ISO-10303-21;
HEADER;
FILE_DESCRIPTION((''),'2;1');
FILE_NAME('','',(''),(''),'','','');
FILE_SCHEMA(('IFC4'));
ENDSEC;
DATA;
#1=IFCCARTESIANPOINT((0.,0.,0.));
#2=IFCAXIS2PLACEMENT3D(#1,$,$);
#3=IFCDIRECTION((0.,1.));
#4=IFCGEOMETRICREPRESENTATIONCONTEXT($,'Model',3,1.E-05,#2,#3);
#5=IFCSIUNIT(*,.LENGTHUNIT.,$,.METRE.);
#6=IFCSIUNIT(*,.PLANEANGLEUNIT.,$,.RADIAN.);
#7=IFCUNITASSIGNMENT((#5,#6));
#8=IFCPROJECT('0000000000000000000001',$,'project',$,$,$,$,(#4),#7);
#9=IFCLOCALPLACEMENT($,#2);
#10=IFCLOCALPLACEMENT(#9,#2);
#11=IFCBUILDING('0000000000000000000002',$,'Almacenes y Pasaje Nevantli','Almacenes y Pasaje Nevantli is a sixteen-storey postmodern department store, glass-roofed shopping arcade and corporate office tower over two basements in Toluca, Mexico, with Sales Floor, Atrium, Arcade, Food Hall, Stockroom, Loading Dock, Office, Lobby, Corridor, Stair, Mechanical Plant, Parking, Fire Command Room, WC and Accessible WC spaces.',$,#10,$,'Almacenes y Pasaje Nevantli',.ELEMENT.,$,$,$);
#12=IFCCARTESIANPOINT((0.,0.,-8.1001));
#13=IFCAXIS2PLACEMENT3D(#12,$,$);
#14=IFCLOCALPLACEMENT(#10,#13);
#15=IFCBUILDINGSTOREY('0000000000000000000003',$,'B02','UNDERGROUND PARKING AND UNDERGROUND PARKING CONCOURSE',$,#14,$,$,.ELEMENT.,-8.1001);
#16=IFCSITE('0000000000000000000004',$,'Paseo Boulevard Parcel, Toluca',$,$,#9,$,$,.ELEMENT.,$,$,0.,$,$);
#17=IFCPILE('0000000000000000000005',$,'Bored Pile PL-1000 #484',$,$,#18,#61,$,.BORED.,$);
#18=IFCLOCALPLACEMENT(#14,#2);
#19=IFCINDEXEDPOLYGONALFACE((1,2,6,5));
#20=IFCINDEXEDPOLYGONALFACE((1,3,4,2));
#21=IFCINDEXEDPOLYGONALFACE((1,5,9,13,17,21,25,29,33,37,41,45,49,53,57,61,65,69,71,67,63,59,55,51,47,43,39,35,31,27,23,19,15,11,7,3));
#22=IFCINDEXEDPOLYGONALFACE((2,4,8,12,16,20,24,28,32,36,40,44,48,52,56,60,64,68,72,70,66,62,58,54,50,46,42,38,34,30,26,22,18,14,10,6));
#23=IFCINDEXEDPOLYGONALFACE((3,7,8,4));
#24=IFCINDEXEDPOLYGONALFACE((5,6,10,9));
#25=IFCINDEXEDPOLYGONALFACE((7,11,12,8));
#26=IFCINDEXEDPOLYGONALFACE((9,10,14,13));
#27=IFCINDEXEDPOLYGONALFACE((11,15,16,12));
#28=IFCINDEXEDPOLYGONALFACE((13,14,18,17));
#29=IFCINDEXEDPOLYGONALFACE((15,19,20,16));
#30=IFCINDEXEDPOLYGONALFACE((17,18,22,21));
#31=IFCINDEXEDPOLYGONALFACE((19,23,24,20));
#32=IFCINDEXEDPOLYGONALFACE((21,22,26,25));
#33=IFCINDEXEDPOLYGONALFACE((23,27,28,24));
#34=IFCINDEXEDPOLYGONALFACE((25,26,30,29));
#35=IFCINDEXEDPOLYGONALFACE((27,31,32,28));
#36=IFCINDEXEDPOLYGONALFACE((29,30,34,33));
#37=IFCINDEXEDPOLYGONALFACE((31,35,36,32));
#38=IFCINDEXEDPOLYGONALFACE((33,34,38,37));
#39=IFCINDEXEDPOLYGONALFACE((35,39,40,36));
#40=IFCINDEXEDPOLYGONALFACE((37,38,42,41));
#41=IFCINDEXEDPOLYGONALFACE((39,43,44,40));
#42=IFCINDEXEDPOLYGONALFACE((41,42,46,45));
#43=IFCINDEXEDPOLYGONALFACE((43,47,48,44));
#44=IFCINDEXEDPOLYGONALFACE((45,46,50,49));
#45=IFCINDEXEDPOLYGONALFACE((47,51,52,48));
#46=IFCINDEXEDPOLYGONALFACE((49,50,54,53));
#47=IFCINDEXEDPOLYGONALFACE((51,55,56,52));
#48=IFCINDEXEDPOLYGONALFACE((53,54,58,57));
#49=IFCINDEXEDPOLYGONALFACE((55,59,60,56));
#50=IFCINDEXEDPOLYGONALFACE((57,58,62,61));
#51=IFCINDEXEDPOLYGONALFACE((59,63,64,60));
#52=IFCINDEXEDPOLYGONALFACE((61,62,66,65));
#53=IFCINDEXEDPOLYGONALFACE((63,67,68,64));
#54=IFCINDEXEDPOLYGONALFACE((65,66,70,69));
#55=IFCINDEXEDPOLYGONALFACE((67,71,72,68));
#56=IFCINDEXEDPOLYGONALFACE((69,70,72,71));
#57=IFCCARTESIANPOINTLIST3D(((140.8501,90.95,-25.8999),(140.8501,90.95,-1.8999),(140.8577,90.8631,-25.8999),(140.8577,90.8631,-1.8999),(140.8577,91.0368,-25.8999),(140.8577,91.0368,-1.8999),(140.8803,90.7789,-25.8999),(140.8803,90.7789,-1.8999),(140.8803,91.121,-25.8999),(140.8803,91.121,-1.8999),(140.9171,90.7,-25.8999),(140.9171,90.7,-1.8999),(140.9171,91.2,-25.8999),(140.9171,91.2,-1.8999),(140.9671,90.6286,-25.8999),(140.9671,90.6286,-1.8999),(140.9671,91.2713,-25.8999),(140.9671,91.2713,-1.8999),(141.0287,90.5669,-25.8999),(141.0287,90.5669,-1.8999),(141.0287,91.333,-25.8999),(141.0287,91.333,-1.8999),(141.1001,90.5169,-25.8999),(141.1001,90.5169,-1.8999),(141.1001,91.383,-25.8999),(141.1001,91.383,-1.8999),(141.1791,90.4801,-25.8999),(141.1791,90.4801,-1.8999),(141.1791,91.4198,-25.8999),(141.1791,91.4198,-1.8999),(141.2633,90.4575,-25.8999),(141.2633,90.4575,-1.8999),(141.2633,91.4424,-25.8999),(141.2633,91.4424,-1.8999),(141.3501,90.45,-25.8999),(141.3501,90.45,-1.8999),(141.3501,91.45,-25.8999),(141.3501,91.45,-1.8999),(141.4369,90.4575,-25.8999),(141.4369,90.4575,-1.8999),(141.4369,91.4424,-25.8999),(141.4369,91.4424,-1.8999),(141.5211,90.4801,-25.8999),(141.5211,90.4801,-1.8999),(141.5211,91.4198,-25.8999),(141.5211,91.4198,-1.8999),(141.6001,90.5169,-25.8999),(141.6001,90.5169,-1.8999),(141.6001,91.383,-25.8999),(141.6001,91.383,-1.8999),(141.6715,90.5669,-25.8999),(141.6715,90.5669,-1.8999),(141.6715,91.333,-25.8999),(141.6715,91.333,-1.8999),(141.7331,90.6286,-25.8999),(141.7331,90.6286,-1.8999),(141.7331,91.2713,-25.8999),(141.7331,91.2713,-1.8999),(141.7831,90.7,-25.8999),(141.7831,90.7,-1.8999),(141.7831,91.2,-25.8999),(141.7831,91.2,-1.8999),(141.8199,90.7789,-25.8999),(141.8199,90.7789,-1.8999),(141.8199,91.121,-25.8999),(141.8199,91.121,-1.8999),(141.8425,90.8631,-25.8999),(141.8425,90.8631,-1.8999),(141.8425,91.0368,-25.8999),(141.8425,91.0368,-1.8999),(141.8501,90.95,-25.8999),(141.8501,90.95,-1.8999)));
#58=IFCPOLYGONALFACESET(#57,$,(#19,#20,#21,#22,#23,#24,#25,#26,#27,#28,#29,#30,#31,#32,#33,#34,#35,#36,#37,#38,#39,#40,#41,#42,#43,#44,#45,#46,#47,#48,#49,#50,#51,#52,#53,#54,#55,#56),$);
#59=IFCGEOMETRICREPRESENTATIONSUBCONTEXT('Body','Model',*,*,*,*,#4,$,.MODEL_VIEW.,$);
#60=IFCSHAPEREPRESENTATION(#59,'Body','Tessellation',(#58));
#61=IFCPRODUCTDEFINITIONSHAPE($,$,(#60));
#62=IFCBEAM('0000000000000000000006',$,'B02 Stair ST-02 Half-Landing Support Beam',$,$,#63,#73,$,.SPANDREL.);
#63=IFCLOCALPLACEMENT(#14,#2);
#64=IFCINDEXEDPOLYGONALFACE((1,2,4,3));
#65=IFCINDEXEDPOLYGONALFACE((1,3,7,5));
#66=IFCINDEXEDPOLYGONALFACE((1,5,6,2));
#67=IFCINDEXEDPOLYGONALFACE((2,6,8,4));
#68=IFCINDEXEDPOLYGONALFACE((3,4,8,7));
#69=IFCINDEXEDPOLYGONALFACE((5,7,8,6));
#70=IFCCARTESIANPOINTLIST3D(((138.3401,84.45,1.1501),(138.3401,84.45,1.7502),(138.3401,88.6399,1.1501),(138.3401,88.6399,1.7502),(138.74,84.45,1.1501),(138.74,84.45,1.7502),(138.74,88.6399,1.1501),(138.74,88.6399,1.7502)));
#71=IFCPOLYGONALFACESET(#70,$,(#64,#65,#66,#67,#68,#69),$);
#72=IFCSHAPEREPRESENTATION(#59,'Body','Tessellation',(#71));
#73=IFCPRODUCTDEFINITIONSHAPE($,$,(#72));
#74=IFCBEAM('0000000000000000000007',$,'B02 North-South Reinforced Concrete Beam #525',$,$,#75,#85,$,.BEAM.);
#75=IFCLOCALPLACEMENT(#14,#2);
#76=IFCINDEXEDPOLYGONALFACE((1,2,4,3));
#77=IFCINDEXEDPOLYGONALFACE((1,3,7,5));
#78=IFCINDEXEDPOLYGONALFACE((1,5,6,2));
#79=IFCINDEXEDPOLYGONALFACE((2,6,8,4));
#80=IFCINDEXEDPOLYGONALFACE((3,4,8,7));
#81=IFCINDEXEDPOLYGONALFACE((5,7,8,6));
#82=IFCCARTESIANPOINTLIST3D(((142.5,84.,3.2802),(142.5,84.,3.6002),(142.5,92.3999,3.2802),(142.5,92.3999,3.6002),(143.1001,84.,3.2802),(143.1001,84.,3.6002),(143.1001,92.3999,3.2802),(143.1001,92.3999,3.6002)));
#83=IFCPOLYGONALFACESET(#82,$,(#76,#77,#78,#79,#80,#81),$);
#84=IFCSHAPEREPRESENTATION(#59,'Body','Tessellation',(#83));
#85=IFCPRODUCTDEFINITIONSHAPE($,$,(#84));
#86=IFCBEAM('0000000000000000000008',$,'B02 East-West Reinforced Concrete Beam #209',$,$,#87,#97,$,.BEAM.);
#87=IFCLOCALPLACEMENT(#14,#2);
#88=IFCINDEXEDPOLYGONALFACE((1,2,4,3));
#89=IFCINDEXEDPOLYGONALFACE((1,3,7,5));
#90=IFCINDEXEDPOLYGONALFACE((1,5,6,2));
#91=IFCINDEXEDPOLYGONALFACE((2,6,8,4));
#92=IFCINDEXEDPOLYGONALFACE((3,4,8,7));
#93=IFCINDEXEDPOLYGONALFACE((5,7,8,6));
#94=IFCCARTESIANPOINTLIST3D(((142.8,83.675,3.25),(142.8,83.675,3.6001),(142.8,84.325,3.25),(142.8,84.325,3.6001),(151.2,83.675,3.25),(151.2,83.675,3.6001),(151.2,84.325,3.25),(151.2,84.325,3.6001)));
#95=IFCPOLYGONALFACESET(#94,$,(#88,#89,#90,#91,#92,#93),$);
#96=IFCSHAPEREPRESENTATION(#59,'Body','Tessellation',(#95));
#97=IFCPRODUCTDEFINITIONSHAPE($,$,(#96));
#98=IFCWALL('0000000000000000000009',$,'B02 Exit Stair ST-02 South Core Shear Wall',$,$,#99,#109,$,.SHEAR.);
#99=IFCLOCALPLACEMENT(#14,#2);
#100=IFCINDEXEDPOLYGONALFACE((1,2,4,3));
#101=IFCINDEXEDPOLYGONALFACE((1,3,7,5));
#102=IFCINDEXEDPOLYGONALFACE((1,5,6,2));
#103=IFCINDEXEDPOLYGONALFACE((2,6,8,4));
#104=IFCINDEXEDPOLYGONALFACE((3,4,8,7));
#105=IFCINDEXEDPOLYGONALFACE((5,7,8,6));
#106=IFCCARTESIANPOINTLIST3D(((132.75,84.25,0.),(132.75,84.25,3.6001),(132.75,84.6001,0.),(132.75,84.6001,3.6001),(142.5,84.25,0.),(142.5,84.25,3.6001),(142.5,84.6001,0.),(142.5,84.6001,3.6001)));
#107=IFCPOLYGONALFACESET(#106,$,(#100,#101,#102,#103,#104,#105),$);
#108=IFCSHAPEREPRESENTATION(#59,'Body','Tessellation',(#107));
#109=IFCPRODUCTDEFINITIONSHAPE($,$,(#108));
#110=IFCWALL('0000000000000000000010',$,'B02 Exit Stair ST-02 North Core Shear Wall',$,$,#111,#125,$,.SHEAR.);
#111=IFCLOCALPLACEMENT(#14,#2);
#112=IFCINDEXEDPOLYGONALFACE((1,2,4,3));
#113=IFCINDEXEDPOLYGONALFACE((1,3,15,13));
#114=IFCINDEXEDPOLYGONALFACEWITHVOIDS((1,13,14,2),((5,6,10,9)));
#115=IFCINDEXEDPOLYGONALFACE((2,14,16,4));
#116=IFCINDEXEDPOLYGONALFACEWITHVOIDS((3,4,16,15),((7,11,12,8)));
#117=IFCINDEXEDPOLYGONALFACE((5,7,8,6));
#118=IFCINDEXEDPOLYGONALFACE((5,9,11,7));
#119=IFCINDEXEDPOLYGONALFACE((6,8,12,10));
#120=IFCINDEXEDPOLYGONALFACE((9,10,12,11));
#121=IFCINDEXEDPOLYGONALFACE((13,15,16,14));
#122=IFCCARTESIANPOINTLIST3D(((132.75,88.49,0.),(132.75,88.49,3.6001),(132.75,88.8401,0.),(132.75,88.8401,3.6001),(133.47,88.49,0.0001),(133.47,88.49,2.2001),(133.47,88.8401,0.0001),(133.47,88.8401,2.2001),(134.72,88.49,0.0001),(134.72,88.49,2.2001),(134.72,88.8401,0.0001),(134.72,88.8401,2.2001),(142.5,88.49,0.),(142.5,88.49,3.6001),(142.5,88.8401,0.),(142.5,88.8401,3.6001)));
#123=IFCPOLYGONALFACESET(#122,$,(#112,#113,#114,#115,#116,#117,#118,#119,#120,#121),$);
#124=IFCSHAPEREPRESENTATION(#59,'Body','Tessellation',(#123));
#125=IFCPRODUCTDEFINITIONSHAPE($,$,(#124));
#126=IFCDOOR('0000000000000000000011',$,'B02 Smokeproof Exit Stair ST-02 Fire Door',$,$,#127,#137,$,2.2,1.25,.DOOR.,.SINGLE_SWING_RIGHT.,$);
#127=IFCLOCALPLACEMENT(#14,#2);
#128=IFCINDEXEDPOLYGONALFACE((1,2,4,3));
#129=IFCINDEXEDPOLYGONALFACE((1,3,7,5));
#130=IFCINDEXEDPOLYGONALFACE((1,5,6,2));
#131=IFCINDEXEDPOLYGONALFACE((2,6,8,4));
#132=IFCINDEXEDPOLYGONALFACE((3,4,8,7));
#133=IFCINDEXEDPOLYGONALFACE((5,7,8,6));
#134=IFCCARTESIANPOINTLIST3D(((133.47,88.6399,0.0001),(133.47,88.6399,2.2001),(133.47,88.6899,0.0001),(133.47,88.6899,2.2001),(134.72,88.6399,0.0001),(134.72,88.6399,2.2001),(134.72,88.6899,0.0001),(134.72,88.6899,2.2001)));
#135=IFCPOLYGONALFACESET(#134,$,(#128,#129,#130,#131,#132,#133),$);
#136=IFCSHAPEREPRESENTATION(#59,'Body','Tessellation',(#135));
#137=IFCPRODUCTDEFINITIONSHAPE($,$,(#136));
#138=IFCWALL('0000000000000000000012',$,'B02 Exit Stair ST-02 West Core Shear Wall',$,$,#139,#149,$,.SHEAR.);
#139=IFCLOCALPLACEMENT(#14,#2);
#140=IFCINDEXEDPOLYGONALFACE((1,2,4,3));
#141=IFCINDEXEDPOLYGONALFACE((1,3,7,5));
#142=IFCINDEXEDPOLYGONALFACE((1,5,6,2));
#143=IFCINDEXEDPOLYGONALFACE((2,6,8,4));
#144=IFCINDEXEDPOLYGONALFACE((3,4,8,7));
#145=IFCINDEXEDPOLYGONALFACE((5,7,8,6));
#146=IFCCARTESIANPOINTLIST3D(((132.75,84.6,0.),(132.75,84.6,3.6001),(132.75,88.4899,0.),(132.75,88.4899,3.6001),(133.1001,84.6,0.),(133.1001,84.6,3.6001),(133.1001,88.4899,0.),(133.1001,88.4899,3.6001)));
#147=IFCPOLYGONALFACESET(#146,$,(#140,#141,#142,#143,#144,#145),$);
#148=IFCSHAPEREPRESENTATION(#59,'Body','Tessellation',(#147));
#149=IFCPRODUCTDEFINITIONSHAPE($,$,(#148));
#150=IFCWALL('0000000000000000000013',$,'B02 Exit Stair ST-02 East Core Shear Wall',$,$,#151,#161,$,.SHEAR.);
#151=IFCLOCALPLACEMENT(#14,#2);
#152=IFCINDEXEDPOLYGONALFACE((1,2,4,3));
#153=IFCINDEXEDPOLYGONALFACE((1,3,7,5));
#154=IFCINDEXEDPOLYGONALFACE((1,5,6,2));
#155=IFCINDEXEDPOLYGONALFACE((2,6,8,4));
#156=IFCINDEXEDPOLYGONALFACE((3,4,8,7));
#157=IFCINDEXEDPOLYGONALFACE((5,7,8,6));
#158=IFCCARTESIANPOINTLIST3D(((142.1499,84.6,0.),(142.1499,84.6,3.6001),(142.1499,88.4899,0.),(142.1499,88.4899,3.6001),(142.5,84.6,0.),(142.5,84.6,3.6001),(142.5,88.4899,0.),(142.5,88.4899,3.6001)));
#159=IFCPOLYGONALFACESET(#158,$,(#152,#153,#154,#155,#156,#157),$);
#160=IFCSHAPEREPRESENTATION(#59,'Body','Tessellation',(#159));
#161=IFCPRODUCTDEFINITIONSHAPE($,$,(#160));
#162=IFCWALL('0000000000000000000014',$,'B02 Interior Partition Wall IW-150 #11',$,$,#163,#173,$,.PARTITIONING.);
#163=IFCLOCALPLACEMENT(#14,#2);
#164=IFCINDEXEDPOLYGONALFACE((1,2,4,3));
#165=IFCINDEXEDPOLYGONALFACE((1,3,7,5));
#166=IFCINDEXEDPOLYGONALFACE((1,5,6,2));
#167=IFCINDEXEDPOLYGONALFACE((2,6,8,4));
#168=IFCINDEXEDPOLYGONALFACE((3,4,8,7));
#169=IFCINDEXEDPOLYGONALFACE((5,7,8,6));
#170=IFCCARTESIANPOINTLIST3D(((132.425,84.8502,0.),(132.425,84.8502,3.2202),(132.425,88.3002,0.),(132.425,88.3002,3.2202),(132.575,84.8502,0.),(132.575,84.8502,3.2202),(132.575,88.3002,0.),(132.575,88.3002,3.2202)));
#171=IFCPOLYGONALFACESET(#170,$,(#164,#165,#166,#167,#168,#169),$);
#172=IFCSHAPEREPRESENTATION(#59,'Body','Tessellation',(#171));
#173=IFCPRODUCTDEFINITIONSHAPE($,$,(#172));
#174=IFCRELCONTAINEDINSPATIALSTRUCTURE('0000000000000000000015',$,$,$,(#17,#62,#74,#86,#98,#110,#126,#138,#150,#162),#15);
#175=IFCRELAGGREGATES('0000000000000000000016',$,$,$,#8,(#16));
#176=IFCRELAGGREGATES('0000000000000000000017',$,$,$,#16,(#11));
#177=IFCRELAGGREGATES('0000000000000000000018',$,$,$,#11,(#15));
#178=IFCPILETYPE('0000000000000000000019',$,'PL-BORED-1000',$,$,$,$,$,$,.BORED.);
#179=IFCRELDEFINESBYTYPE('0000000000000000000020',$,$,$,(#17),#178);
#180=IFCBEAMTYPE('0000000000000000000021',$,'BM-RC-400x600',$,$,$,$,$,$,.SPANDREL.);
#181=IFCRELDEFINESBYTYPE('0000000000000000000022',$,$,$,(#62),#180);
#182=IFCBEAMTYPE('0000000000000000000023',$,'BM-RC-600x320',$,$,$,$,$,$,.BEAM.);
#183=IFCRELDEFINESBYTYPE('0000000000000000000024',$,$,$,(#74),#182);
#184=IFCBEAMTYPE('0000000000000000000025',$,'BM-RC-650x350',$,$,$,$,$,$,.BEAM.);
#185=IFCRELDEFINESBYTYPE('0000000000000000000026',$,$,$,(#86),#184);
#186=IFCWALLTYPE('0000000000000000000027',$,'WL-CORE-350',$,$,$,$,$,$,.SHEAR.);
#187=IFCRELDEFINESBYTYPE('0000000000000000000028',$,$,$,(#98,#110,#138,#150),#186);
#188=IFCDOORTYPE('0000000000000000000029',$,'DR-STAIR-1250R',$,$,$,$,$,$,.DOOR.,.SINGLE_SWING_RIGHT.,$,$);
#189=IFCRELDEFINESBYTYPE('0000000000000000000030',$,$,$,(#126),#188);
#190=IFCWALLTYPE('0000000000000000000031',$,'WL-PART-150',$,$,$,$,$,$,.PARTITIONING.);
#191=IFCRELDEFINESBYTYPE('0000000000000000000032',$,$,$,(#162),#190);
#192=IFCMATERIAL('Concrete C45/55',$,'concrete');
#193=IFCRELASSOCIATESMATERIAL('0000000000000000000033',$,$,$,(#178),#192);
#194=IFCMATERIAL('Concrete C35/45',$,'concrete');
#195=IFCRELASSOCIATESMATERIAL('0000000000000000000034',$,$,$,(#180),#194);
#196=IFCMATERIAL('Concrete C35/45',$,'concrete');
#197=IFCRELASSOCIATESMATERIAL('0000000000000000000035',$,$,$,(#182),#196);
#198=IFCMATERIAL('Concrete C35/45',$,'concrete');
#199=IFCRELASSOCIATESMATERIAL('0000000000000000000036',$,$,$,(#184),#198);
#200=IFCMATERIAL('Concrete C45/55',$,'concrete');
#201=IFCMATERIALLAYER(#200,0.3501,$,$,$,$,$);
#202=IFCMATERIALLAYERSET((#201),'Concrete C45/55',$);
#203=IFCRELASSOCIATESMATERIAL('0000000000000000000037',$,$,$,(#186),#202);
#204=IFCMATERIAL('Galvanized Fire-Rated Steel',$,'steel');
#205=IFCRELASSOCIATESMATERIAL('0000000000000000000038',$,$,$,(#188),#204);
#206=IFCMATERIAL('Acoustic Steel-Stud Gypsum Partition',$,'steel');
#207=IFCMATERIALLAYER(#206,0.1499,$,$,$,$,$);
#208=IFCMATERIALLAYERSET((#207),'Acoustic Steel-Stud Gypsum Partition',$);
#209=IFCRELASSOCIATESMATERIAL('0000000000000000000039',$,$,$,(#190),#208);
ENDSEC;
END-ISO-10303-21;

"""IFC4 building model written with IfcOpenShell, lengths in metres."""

from ifc_helpers import new_model, si_unit, direction, frame, frame_2d, origin, origin_2d, place, context, subcontext, project, spatial, rectangle, circle, extrude, material, layer, layer_set, material_profile, profile_set, type_object, element, fill, save


model = new_model("IFC4")

# Units and contexts
model_context = context("Model", 3, precision=1e-05, world=origin(), true_north=direction((0.0, 1.0)))
body_context = subcontext(model_context, "Body", "Model", "MODEL_VIEW")
ifc_project = project(units=[si_unit("LENGTHUNIT", "METRE"), si_unit("PLANEANGLEUNIT", "RADIAN")], contexts=[model_context])

# Site, building, storey
site_placement = place(None, origin())
site = spatial("IfcSite", under=ifc_project, at=site_placement, Name="Paseo Boulevard Parcel, Toluca", CompositionType="ELEMENT", RefElevation=0.0)
building_placement = place(site_placement, origin())
building = spatial("IfcBuilding", under=site, at=building_placement, Name="Almacenes y Pasaje Nevantli", Description="Almacenes y Pasaje Nevantli is a sixteen-storey postmodern department store, glass-roofed shopping arcade and corporate office tower over two basements in Toluca, Mexico, with Sales Floor, Atrium, Arcade, Food Hall, Stockroom, Loading Dock, Office, Lobby, Corridor, Stair, Mechanical Plant, Parking, Fire Command Room, WC and Accessible WC spaces.", LongName="Almacenes y Pasaje Nevantli", CompositionType="ELEMENT")
storey_placement = place(building_placement, frame((0.0, 0.0, -8.1001)))
storey = spatial("IfcBuildingStorey", under=building, at=storey_placement, Name="B02", Description="UNDERGROUND PARKING AND UNDERGROUND PARKING CONCOURSE", CompositionType="ELEMENT", Elevation=-8.1001)

# Pile
ifc_material_1 = material(Name="Concrete C45/55", Category="concrete")
ifc_material_profile_1 = material_profile(ifc_material_1, circle(Radius=0.5, at=origin_2d()), Name="RC-PILE-D1000")
ifc_profile_set_1 = profile_set([ifc_material_profile_1], Name="Concrete C45/55")
pile_type = type_object("IfcPileType", Name="PL-BORED-1000", PredefinedType="BORED", material=ifc_profile_set_1)
for number, where, z_axis, x_axis, name in (
    (1, (141.3501, 90.95, -1.8999), (0.0, 0.0, -1.0), (1.0, 0.0, 0.0), "Bored Pile PL-1000 #484"),
):
    element("IfcPile", number, at=place(storey_placement, frame(where, z_axis=z_axis, x_axis=x_axis)), inside=storey, type_object=pile_type, Name=name, PredefinedType="BORED", context=body_context, shape_type="SweptSolid", body=[
        extrude(circle(Radius=0.5, at=origin_2d()), origin(), (0.0, 0.0, 1.0), 24.0),
    ])

# Beams
ifc_material_2 = material(Name="Concrete C35/45", Category="concrete")
ifc_material_profile_2 = material_profile(ifc_material_2, rectangle(XDim=0.3999, YDim=0.6001, at=origin_2d()), Name="RC-BM-400x600")
ifc_profile_set_2 = profile_set([ifc_material_profile_2], Name="Concrete C35/45")
beam_type_1 = type_object("IfcBeamType", Name="BM-RC-400x600", PredefinedType="SPANDREL", material=ifc_profile_set_2)
beam_1_placement = place(storey_placement, frame((138.54, 84.45, 1.4502), z_axis=(0.0, 1.0, 0.0), x_axis=(-1.0, 0.0, 0.0)))
element("IfcBeam", 2, at=beam_1_placement, inside=storey, type_object=beam_type_1, Name="B02 Stair ST-02 Half-Landing Support Beam", PredefinedType="SPANDREL", context=body_context, shape_type="SweptSolid", body=[
    extrude(rectangle(XDim=0.3999, YDim=0.6001, at=origin_2d()), origin(), (0.0, 0.0, 1.0), 4.1899),
])
ifc_material_3 = material(Name="Concrete C35/45", Category="concrete")
ifc_material_profile_3 = material_profile(ifc_material_3, rectangle(XDim=0.6001, YDim=0.3201, at=origin_2d()), Name="RC-BM-600x320")
ifc_profile_set_3 = profile_set([ifc_material_profile_3], Name="Concrete C35/45")
beam_type_2 = type_object("IfcBeamType", Name="BM-RC-600x320", PredefinedType="BEAM", material=ifc_profile_set_3)
beam_2_placement = place(storey_placement, frame((142.8, 84.0, 3.4402), z_axis=(0.0, 1.0, 0.0), x_axis=(-1.0, 0.0, 0.0)))
element("IfcBeam", 3, at=beam_2_placement, inside=storey, type_object=beam_type_2, Name="B02 North-South Reinforced Concrete Beam #525", PredefinedType="BEAM", context=body_context, shape_type="SweptSolid", body=[
    extrude(rectangle(XDim=0.6001, YDim=0.3201, at=origin_2d()), origin(), (0.0, 0.0, 1.0), 8.3999),
])
ifc_material_4 = material(Name="Concrete C35/45", Category="concrete")
ifc_material_profile_4 = material_profile(ifc_material_4, rectangle(XDim=0.6499, YDim=0.3501, at=origin_2d()), Name="RC-BM-650x350")
ifc_profile_set_4 = profile_set([ifc_material_profile_4], Name="Concrete C35/45")
beam_type_3 = type_object("IfcBeamType", Name="BM-RC-650x350", PredefinedType="BEAM", material=ifc_profile_set_4)
beam_3_placement = place(storey_placement, frame((142.8, 84.0, 3.425), z_axis=(1.0, 0.0, 0.0), x_axis=(0.0, 1.0, 0.0)))
element("IfcBeam", 4, at=beam_3_placement, inside=storey, type_object=beam_type_3, Name="B02 East-West Reinforced Concrete Beam #209", PredefinedType="BEAM", context=body_context, shape_type="SweptSolid", body=[
    extrude(rectangle(XDim=0.6499, YDim=0.3501, at=origin_2d()), origin(), (0.0, 0.0, 1.0), 8.3999),
])

# Wall
ifc_material_5 = material(Name="Concrete C45/55", Category="concrete")
ifc_layer_1 = layer(ifc_material_5, 0.3501)
ifc_layer_set_1 = layer_set([ifc_layer_1], Name="Concrete C45/55")
wall_type_1 = type_object("IfcWallType", Name="WL-CORE-350", PredefinedType="SHEAR", material=ifc_layer_set_1)
wall_1_placement = place(storey_placement, frame((132.75, 84.425, 0.0), z_axis=(0.0, 0.0, 1.0), x_axis=(1.0, 0.0, 0.0)))
element("IfcWall", 5, at=wall_1_placement, inside=storey, type_object=wall_type_1, Name="B02 Exit Stair ST-02 South Core Shear Wall", PredefinedType="SHEAR", context=body_context, shape_type="SweptSolid", body=[
    extrude(rectangle(XDim=9.75, YDim=0.3501, at=frame_2d((4.875, 0.0))), origin(), (0.0, 0.0, 1.0), 3.6001),
])

# Wall, opening, door
wall_2_placement = place(storey_placement, frame((132.75, 88.665, 0.0), z_axis=(0.0, 0.0, 1.0), x_axis=(1.0, 0.0, 0.0)))
wall_2 = element("IfcWall", 6, at=wall_2_placement, inside=storey, type_object=wall_type_1, Name="B02 Exit Stair ST-02 North Core Shear Wall", PredefinedType="SHEAR", context=body_context, shape_type="SweptSolid", body=[
    extrude(rectangle(XDim=9.75, YDim=0.3501, at=frame_2d((4.875, 0.0))), origin(), (0.0, 0.0, 1.0), 3.6001),
])
opening_placement = place(wall_2_placement, frame((0.72, 0.0, 0.0)))
opening = element("IfcOpeningElement", 7, at=opening_placement, cuts=wall_2, PredefinedType="OPENING", context=body_context, shape_type="SweptSolid", body=[
    extrude(rectangle(XDim=1.25, YDim=2.2, at=frame_2d((0.625, 1.1001))), frame((0.0, 0.1851, 0.0), z_axis=(0.0, -1.0, 0.0), x_axis=(1.0, 0.0, 0.0)), (0.0, 0.0, 1.0), 0.3701),
])
ifc_material_6 = material(Name="Galvanized Fire-Rated Steel", Category="steel")
door_type = type_object("IfcDoorType", Name="DR-STAIR-1250R", OperationType="SINGLE_SWING_RIGHT", PredefinedType="DOOR", material=ifc_material_6)
door_placement = place(opening_placement, origin())
door = element("IfcDoor", 8, at=door_placement, inside=storey, type_object=door_type, Name="B02 Smokeproof Exit Stair ST-02 Fire Door", OperationType="SINGLE_SWING_RIGHT", OverallHeight=2.2, OverallWidth=1.25, PredefinedType="DOOR", context=body_context, shape_type="SweptSolid", body=[
    extrude(rectangle(XDim=1.25, YDim=2.2, at=frame_2d((0.625, 1.1001))), frame((0.0, 0.0249, 0.0), z_axis=(0.0, -1.0, 0.0), x_axis=(1.0, 0.0, 0.0)), (0.0, 0.0, 1.0), 0.05),
])
fill(opening, door)

# Walls
for number, where, z_axis, x_axis, name in (
    (9, (132.925, 84.6001, 0.0), (0.0, 0.0, 1.0), (0.0, 1.0, 0.0), "B02 Exit Stair ST-02 West Core Shear Wall"),
    (10, (142.325, 84.6001, 0.0), (0.0, 0.0, 1.0), (0.0, 1.0, 0.0), "B02 Exit Stair ST-02 East Core Shear Wall"),
):
    element("IfcWall", number, at=place(storey_placement, frame(where, z_axis=z_axis, x_axis=x_axis)), inside=storey, type_object=wall_type_1, Name=name, PredefinedType="SHEAR", context=body_context, shape_type="SweptSolid", body=[
        extrude(rectangle(XDim=3.8899, YDim=0.3501, at=frame_2d((1.9448, 0.0))), origin(), (0.0, 0.0, 1.0), 3.6001),
    ])
ifc_material_7 = material(Name="Acoustic Steel-Stud Gypsum Partition", Category="steel")
ifc_layer_2 = layer(ifc_material_7, 0.1499)
ifc_layer_set_2 = layer_set([ifc_layer_2], Name="Acoustic Steel-Stud Gypsum Partition")
wall_type_2 = type_object("IfcWallType", Name="WL-PART-150", PredefinedType="PARTITIONING", material=ifc_layer_set_2)
wall_3_placement = place(storey_placement, frame((132.5, 84.8501, 0.0), z_axis=(0.0, 0.0, 1.0), x_axis=(0.0, 1.0, 0.0)))
element("IfcWall", 11, at=wall_3_placement, inside=storey, type_object=wall_type_2, Name="B02 Interior Partition Wall IW-150 #11", PredefinedType="PARTITIONING", context=body_context, shape_type="SweptSolid", body=[
    extrude(rectangle(XDim=3.45, YDim=0.1499, at=frame_2d((1.7251, 0.0))), origin(), (0.0, 0.0, 1.0), 3.2202),
])

save(model, "model.ifc")
